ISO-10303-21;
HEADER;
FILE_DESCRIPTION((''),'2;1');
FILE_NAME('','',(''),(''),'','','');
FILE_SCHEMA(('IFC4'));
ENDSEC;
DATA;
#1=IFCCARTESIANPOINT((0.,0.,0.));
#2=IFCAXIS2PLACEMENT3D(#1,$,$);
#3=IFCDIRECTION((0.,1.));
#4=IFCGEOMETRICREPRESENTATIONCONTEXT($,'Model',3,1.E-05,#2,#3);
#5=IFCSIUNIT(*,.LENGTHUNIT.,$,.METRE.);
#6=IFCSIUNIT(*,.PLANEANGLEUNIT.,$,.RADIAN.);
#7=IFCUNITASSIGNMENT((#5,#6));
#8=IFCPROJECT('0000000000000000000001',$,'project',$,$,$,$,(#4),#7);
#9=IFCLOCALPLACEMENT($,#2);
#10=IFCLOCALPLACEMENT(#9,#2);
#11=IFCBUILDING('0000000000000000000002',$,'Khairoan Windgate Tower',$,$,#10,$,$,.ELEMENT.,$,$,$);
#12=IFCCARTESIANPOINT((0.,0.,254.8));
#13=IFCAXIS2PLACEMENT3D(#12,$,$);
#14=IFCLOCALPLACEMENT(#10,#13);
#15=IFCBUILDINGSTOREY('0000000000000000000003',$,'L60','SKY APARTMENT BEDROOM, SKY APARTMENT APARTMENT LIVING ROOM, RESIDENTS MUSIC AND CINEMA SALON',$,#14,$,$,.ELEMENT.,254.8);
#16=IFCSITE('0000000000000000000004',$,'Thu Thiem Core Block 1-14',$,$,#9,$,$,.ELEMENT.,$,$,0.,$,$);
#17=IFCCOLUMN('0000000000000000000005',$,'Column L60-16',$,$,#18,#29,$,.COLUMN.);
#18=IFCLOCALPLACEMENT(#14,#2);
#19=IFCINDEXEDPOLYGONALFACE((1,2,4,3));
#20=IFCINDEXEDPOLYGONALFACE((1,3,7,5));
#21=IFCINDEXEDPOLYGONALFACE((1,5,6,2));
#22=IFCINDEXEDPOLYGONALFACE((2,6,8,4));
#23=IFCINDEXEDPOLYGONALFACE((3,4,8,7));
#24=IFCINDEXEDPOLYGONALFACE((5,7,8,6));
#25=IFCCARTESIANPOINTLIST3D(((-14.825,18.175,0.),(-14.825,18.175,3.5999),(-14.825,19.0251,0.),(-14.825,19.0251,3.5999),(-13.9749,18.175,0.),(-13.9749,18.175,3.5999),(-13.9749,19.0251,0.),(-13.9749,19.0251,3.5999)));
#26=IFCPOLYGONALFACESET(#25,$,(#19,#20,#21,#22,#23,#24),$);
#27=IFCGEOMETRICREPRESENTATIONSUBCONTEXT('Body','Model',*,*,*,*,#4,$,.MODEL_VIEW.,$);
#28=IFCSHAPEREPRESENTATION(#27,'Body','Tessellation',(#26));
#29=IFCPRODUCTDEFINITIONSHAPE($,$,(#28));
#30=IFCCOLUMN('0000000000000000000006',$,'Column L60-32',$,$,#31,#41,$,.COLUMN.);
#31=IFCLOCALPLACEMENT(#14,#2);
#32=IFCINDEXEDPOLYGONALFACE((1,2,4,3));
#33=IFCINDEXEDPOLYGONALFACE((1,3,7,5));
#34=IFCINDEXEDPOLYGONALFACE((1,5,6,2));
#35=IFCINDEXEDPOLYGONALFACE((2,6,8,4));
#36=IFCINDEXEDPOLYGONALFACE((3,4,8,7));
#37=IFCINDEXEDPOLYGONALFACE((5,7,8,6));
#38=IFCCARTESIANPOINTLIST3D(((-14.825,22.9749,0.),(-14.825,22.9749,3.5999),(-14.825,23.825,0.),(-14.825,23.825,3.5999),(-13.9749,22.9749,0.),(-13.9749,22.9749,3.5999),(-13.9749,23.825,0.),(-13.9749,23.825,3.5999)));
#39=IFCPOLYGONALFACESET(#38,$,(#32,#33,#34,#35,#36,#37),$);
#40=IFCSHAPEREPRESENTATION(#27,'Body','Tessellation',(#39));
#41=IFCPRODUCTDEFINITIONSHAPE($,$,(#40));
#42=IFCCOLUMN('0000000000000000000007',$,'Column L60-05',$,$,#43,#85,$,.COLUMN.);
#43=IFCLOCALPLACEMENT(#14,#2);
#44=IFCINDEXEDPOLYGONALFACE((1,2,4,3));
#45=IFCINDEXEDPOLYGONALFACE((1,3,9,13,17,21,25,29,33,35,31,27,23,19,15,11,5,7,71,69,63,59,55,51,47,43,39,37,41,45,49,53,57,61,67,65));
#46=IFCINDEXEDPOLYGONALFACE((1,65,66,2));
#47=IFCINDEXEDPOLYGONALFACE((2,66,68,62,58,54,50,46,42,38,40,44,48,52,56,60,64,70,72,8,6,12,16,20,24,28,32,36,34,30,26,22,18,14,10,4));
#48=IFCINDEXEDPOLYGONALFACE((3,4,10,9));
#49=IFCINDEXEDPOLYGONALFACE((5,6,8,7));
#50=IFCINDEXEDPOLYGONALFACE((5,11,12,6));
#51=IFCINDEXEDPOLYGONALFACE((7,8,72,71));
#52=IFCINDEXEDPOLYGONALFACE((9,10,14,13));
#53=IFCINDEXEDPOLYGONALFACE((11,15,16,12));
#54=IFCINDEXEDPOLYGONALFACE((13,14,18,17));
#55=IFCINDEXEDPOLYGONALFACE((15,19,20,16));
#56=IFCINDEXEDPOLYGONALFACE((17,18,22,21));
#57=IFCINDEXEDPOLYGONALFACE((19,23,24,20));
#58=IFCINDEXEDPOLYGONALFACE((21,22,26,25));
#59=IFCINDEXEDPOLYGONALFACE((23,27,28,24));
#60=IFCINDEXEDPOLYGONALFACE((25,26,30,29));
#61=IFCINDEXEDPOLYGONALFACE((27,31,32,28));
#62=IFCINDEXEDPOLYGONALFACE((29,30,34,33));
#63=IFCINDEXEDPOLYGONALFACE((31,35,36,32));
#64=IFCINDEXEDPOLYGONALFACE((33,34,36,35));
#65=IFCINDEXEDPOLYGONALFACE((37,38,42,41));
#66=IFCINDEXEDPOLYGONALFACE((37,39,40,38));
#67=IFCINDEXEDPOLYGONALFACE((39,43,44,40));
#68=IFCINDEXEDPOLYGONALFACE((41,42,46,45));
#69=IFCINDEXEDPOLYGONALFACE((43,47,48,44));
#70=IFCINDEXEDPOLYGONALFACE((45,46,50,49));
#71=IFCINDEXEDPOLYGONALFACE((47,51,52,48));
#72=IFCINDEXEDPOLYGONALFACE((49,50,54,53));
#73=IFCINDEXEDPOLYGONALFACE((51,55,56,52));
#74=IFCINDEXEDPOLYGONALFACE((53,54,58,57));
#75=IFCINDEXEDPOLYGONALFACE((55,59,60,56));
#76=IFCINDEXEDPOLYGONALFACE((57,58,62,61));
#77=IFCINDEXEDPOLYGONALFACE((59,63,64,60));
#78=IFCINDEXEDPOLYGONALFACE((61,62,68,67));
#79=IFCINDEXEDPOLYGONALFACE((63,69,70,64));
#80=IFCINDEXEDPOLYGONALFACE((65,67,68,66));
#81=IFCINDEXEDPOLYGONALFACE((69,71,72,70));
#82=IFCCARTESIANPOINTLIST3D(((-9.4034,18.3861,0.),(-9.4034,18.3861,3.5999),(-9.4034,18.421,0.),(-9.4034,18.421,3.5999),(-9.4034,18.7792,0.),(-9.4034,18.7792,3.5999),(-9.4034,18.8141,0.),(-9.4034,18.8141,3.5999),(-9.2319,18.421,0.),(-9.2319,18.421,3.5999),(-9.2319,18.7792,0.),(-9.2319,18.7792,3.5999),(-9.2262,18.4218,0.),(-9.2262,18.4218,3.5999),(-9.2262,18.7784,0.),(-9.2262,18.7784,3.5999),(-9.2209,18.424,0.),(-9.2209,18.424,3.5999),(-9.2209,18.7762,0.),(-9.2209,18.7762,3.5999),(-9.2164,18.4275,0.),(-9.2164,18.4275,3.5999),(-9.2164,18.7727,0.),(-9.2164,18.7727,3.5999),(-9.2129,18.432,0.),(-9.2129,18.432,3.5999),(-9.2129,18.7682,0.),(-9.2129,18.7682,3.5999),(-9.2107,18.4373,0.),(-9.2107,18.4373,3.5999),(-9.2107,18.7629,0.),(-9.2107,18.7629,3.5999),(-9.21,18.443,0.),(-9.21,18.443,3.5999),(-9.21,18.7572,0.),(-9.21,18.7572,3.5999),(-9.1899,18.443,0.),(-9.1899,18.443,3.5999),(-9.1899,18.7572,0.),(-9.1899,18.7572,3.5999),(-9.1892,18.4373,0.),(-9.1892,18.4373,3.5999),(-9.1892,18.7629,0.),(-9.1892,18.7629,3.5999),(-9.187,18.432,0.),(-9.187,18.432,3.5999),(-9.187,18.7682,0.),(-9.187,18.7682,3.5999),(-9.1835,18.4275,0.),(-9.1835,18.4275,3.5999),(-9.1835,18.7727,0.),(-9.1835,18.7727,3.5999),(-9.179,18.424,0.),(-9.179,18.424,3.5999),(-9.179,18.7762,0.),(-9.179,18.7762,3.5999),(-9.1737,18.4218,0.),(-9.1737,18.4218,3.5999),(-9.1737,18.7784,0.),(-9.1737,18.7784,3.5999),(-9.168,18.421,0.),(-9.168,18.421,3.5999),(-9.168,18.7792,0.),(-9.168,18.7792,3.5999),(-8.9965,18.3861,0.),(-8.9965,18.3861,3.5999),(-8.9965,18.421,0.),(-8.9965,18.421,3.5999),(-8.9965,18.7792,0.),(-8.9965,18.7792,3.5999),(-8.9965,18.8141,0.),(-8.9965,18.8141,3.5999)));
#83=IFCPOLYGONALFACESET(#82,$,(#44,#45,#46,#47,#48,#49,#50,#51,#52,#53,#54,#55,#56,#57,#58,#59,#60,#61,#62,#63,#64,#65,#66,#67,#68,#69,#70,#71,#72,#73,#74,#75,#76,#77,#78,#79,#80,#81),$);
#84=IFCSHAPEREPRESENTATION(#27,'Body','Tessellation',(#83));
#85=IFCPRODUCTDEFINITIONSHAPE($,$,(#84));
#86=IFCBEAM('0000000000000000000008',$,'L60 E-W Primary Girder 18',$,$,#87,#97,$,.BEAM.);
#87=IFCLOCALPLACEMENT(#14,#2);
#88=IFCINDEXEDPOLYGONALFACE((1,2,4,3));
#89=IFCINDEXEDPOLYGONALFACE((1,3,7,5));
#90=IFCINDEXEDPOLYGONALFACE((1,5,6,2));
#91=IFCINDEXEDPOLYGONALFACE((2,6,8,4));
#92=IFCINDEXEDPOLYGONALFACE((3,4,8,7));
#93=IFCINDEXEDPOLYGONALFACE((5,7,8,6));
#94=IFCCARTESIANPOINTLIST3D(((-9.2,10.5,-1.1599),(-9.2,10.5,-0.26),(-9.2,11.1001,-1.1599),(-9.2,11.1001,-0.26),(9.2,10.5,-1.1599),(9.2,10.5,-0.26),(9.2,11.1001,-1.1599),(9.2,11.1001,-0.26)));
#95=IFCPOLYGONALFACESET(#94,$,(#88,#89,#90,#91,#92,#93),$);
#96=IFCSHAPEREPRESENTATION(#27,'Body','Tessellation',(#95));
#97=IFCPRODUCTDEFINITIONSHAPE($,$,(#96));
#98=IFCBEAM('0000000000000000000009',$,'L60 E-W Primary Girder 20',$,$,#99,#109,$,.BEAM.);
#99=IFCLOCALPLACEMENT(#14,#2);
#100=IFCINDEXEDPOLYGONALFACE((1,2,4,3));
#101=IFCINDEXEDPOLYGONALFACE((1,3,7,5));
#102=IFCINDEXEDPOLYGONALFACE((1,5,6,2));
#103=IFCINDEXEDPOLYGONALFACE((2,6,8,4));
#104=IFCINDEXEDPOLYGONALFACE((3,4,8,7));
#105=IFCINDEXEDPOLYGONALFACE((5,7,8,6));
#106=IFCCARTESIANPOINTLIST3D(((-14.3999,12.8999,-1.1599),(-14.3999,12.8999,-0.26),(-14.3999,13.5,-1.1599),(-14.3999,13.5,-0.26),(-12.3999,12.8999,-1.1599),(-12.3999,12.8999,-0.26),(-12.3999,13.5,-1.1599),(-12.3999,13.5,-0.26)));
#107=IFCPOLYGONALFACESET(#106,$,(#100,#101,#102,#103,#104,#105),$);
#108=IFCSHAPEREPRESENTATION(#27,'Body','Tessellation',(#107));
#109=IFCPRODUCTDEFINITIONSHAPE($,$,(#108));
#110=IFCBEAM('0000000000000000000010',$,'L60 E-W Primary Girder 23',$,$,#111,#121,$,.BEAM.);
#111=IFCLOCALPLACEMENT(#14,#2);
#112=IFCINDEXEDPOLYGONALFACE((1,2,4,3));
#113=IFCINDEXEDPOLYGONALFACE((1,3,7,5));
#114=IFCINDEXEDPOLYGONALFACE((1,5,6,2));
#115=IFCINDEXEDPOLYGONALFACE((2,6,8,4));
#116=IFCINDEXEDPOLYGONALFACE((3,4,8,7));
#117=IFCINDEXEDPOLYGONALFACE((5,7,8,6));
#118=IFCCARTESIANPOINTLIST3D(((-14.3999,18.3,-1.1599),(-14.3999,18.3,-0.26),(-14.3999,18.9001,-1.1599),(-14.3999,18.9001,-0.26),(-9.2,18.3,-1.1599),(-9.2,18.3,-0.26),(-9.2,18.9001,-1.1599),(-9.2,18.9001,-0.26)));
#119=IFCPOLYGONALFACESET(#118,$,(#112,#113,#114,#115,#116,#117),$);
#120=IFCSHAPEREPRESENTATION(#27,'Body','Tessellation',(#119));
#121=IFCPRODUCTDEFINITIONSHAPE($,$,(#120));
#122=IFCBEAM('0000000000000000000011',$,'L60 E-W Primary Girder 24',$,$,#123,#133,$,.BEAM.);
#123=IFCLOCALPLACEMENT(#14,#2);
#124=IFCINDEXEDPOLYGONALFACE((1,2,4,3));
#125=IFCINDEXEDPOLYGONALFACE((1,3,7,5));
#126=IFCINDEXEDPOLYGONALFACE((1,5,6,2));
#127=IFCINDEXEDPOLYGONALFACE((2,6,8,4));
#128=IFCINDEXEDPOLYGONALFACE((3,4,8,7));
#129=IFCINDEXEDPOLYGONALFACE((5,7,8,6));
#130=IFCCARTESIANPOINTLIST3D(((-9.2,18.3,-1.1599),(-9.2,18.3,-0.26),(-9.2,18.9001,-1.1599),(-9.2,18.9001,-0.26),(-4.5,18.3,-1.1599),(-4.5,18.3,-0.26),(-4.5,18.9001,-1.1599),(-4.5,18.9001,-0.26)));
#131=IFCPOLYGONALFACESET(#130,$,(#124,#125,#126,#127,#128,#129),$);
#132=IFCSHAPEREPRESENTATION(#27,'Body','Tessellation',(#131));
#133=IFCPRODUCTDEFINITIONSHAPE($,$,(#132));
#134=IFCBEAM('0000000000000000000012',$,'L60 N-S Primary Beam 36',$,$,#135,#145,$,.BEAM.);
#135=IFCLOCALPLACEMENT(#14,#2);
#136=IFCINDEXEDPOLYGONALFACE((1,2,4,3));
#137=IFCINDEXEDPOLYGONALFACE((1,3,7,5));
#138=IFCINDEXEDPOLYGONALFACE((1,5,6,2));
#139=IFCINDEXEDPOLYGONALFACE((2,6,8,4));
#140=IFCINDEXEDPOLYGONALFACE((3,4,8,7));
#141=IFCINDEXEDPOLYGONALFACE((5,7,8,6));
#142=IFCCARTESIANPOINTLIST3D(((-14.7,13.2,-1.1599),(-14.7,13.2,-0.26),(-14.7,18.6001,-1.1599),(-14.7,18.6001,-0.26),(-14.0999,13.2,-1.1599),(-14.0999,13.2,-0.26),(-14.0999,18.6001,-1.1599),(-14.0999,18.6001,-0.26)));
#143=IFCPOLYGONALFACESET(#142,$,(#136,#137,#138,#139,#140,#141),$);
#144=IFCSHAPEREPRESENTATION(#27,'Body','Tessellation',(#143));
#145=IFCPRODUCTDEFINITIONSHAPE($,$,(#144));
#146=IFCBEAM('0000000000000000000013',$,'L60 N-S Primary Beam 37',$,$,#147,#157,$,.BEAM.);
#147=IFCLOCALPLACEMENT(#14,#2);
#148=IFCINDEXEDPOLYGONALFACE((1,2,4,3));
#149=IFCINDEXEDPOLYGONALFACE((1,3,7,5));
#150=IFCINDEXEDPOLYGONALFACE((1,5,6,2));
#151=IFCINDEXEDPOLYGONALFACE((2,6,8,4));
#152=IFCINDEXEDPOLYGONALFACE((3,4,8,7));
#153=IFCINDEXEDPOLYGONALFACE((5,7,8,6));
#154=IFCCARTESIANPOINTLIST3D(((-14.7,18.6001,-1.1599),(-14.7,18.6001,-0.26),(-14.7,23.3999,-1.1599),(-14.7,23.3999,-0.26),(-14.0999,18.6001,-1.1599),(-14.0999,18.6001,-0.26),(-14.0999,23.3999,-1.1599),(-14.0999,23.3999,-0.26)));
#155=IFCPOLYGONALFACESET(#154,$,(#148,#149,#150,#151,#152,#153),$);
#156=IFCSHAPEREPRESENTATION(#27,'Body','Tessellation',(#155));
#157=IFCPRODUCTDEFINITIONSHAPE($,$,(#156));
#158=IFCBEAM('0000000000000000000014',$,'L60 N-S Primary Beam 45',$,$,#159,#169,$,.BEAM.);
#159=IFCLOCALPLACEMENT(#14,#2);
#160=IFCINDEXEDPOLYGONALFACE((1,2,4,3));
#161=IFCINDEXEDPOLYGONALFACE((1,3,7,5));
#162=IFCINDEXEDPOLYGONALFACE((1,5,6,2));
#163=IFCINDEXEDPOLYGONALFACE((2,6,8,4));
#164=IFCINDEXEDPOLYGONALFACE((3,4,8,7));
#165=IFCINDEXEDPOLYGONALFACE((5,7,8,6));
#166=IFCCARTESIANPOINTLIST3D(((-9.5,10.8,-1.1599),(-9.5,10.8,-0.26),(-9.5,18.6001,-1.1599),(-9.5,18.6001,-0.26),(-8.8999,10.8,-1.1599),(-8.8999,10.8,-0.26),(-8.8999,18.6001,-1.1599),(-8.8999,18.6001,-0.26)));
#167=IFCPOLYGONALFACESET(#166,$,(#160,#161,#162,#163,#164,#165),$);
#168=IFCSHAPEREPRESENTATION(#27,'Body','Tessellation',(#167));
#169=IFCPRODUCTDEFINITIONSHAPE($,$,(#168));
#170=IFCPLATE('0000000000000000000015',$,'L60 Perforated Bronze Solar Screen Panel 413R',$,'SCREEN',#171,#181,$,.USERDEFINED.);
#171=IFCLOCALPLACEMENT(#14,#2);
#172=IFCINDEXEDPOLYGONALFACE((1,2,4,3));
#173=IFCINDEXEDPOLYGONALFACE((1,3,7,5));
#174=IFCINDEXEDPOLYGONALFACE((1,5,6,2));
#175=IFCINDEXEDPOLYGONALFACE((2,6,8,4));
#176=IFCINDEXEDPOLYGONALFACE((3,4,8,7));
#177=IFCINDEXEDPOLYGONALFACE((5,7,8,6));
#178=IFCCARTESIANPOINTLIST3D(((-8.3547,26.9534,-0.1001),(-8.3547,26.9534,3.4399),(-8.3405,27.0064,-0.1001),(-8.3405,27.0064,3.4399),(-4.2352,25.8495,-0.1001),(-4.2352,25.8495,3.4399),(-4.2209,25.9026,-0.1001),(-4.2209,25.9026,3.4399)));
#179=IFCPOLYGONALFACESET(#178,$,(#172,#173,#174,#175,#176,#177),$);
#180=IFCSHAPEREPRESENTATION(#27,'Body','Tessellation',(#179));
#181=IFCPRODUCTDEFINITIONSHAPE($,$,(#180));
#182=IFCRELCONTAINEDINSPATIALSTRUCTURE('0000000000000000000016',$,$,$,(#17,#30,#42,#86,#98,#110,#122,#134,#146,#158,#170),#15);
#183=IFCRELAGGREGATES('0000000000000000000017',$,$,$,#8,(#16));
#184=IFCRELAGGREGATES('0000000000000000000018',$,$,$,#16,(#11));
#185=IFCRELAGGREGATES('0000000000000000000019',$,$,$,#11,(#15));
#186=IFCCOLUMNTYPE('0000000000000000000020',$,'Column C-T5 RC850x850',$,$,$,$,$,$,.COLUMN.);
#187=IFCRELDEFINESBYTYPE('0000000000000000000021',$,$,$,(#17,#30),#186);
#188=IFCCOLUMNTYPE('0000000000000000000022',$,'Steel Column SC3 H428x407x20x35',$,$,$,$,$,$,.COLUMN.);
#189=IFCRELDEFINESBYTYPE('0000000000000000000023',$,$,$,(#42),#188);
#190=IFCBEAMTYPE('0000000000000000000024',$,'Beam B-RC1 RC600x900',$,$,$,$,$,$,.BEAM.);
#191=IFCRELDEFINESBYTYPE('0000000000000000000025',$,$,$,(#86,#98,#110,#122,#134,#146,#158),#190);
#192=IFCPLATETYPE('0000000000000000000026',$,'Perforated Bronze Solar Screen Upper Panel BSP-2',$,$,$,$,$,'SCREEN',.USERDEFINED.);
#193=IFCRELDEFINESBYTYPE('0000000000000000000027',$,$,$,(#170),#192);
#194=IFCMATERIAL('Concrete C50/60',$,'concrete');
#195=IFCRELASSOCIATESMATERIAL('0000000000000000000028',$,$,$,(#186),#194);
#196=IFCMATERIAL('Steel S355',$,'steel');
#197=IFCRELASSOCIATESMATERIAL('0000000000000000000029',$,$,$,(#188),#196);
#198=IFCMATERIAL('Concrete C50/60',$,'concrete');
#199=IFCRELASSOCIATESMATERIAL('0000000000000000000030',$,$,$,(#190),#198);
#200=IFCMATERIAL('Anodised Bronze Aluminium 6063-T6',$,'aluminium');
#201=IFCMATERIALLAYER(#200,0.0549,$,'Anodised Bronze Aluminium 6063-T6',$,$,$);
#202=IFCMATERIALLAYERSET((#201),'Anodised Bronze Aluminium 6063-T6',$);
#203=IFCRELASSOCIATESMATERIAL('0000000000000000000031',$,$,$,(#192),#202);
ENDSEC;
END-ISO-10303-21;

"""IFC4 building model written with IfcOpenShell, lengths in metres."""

from ifc_helpers import new_model, si_unit, direction, frame, origin, origin_2d, place, context, subcontext, project, spatial, rectangle, i_section, extrude, material, layer, layer_set, material_profile, profile_set, type_object, element, save


model = new_model("IFC4")

# Units and contexts
model_context = context("Model", 3, precision=1e-05, world=origin(), true_north=direction((0.0, 1.0)))
body_context = subcontext(model_context, "Body", "Model", "MODEL_VIEW")
ifc_project = project(units=[si_unit("LENGTHUNIT", "METRE"), si_unit("PLANEANGLEUNIT", "RADIAN")], contexts=[model_context])

# Site, building, storey
site_placement = place(None, origin())
site = spatial("IfcSite", under=ifc_project, at=site_placement, Name="Thu Thiem Core Block 1-14", CompositionType="ELEMENT", RefElevation=0.0)
building_placement = place(site_placement, origin())
building = spatial("IfcBuilding", under=site, at=building_placement, Name="Khairoan Windgate Tower", CompositionType="ELEMENT")
storey_placement = place(building_placement, frame((0.0, 0.0, 254.8)))
storey = spatial("IfcBuildingStorey", under=building, at=storey_placement, Name="L60", Description="SKY APARTMENT BEDROOM, SKY APARTMENT APARTMENT LIVING ROOM, RESIDENTS MUSIC AND CINEMA SALON", CompositionType="ELEMENT", Elevation=254.8)

# Columns
ifc_material_1 = material(Name="Concrete C50/60", Category="concrete")
ifc_material_profile_1 = material_profile(ifc_material_1, rectangle(XDim=0.8501, YDim=0.8501, at=origin_2d()))
ifc_profile_set_1 = profile_set([ifc_material_profile_1], Name="Concrete C50/60")
column_type_1 = type_object("IfcColumnType", Name="Column C-T5 RC850x850", PredefinedType="COLUMN", material=ifc_profile_set_1)
for number, where, z_axis, x_axis, name in (
    (1, (-14.3999, 18.6001, 0.0), (0.0, 0.0, 1.0), (1.0, 0.0, 0.0), "Column L60-16"),
    (2, (-14.3999, 23.3999, 0.0), (0.0, 0.0, 1.0), (1.0, 0.0, 0.0), "Column L60-32"),
):
    element("IfcColumn", number, at=place(storey_placement, frame(where, z_axis=z_axis, x_axis=x_axis)), inside=storey, type_object=column_type_1, Name=name, PredefinedType="COLUMN", context=body_context, shape_type="SweptSolid", body=[
        extrude(rectangle(XDim=0.8501, YDim=0.8501, at=origin_2d()), origin(), (0.0, 0.0, 1.0), 3.5999),
    ])
ifc_material_2 = material(Name="Steel S355", Category="steel")
ifc_material_profile_2 = material_profile(ifc_material_2, i_section(OverallWidth=0.407, OverallDepth=0.428, WebThickness=0.02, FlangeThickness=0.0349, FilletRadius=0.022, at=origin_2d()))
ifc_profile_set_2 = profile_set([ifc_material_profile_2], Name="Steel S355")
column_type_2 = type_object("IfcColumnType", Name="Steel Column SC3 H428x407x20x35", PredefinedType="COLUMN", material=ifc_profile_set_2)
column_placement = place(storey_placement, frame((-9.2, 18.6001, 0.0), z_axis=(0.0, 0.0, 1.0), x_axis=(1.0, 0.0, 0.0)))
element("IfcColumn", 3, at=column_placement, inside=storey, type_object=column_type_2, Name="Column L60-05", PredefinedType="COLUMN", context=body_context, shape_type="SweptSolid", body=[
    extrude(i_section(OverallWidth=0.407, OverallDepth=0.428, WebThickness=0.02, FlangeThickness=0.0349, FilletRadius=0.022, at=origin_2d()), origin(), (0.0, 0.0, 1.0), 3.5999),
])

# Beams
ifc_material_3 = material(Name="Concrete C50/60", Category="concrete")
ifc_material_profile_3 = material_profile(ifc_material_3, rectangle(XDim=0.6001, YDim=0.8999, at=origin_2d()))
ifc_profile_set_3 = profile_set([ifc_material_profile_3], Name="Concrete C50/60")
beam_type = type_object("IfcBeamType", Name="Beam B-RC1 RC600x900", PredefinedType="BEAM", material=ifc_profile_set_3)
beam_1_placement = place(storey_placement, frame((-9.2, 10.8, -0.71), z_axis=(1.0, 0.0, 0.0), x_axis=(0.0, 1.0, 0.0)))
element("IfcBeam", 4, at=beam_1_placement, inside=storey, type_object=beam_type, Name="L60 E-W Primary Girder 18", PredefinedType="BEAM", context=body_context, shape_type="SweptSolid", body=[
    extrude(rectangle(XDim=0.6001, YDim=0.8999, at=origin_2d()), origin(), (0.0, 0.0, 1.0), 18.3999),
])
beam_2_placement = place(storey_placement, frame((-14.3999, 13.2, -0.71), z_axis=(1.0, 0.0, 0.0), x_axis=(0.0, 1.0, 0.0)))
element("IfcBeam", 5, at=beam_2_placement, inside=storey, type_object=beam_type, Name="L60 E-W Primary Girder 20", PredefinedType="BEAM", context=body_context, shape_type="SweptSolid", body=[
    extrude(rectangle(XDim=0.6001, YDim=0.8999, at=origin_2d()), origin(), (0.0, 0.0, 1.0), 2.0),
])
beam_3_placement = place(storey_placement, frame((-14.3999, 18.6001, -0.71), z_axis=(1.0, 0.0, 0.0), x_axis=(0.0, 1.0, 0.0)))
element("IfcBeam", 6, at=beam_3_placement, inside=storey, type_object=beam_type, Name="L60 E-W Primary Girder 23", PredefinedType="BEAM", context=body_context, shape_type="SweptSolid", body=[
    extrude(rectangle(XDim=0.6001, YDim=0.8999, at=origin_2d()), origin(), (0.0, 0.0, 1.0), 5.2),
])
beam_4_placement = place(storey_placement, frame((-9.2, 18.6001, -0.71), z_axis=(1.0, 0.0, 0.0), x_axis=(0.0, 1.0, 0.0)))
element("IfcBeam", 7, at=beam_4_placement, inside=storey, type_object=beam_type, Name="L60 E-W Primary Girder 24", PredefinedType="BEAM", context=body_context, shape_type="SweptSolid", body=[
    extrude(rectangle(XDim=0.6001, YDim=0.8999, at=origin_2d()), origin(), (0.0, 0.0, 1.0), 4.7),
])
beam_5_placement = place(storey_placement, frame((-14.3999, 13.2, -0.71), z_axis=(0.0, 1.0, 0.0), x_axis=(-1.0, 0.0, 0.0)))
element("IfcBeam", 8, at=beam_5_placement, inside=storey, type_object=beam_type, Name="L60 N-S Primary Beam 36", PredefinedType="BEAM", context=body_context, shape_type="SweptSolid", body=[
    extrude(rectangle(XDim=0.6001, YDim=0.8999, at=origin_2d()), origin(), (0.0, 0.0, 1.0), 5.4001),
])
beam_6_placement = place(storey_placement, frame((-14.3999, 18.6001, -0.71), z_axis=(0.0, 1.0, 0.0), x_axis=(-1.0, 0.0, 0.0)))
element("IfcBeam", 9, at=beam_6_placement, inside=storey, type_object=beam_type, Name="L60 N-S Primary Beam 37", PredefinedType="BEAM", context=body_context, shape_type="SweptSolid", body=[
    extrude(rectangle(XDim=0.6001, YDim=0.8999, at=origin_2d()), origin(), (0.0, 0.0, 1.0), 4.7998),
])
beam_7_placement = place(storey_placement, frame((-9.2, 10.8, -0.71), z_axis=(0.0, 1.0, 0.0), x_axis=(-1.0, 0.0, 0.0)))
element("IfcBeam", 10, at=beam_7_placement, inside=storey, type_object=beam_type, Name="L60 N-S Primary Beam 45", PredefinedType="BEAM", context=body_context, shape_type="SweptSolid", body=[
    extrude(rectangle(XDim=0.6001, YDim=0.8999, at=origin_2d()), origin(), (0.0, 0.0, 1.0), 7.8),
])

# Plate
ifc_material_4 = material(Name="Anodised Bronze Aluminium 6063-T6", Category="aluminium")
ifc_layer_1 = layer(ifc_material_4, 0.0549, Name="Anodised Bronze Aluminium 6063-T6")
ifc_layer_set_1 = layer_set([ifc_layer_1], Name="Anodised Bronze Aluminium 6063-T6")
plate_type = type_object("IfcPlateType", Name="Perforated Bronze Solar Screen Upper Panel BSP-2", ElementType="SCREEN", PredefinedType="USERDEFINED", material=ifc_layer_set_1)
plate_placement = place(storey_placement, frame((-6.2878, 26.428, -0.1001), z_axis=(0.0, 0.0, 1.0), x_axis=(0.965926, -0.258819, 0.0)))
element("IfcPlate", 11, at=plate_placement, inside=storey, type_object=plate_type, Name="L60 Perforated Bronze Solar Screen Panel 413R", ObjectType="SCREEN", PredefinedType="USERDEFINED", context=body_context, shape_type="SweptSolid", body=[
    extrude(rectangle(XDim=4.2649, YDim=0.0549, at=origin_2d()), origin(), (0.0, 0.0, 1.0), 3.54),
])

save(model, "model.ifc")
